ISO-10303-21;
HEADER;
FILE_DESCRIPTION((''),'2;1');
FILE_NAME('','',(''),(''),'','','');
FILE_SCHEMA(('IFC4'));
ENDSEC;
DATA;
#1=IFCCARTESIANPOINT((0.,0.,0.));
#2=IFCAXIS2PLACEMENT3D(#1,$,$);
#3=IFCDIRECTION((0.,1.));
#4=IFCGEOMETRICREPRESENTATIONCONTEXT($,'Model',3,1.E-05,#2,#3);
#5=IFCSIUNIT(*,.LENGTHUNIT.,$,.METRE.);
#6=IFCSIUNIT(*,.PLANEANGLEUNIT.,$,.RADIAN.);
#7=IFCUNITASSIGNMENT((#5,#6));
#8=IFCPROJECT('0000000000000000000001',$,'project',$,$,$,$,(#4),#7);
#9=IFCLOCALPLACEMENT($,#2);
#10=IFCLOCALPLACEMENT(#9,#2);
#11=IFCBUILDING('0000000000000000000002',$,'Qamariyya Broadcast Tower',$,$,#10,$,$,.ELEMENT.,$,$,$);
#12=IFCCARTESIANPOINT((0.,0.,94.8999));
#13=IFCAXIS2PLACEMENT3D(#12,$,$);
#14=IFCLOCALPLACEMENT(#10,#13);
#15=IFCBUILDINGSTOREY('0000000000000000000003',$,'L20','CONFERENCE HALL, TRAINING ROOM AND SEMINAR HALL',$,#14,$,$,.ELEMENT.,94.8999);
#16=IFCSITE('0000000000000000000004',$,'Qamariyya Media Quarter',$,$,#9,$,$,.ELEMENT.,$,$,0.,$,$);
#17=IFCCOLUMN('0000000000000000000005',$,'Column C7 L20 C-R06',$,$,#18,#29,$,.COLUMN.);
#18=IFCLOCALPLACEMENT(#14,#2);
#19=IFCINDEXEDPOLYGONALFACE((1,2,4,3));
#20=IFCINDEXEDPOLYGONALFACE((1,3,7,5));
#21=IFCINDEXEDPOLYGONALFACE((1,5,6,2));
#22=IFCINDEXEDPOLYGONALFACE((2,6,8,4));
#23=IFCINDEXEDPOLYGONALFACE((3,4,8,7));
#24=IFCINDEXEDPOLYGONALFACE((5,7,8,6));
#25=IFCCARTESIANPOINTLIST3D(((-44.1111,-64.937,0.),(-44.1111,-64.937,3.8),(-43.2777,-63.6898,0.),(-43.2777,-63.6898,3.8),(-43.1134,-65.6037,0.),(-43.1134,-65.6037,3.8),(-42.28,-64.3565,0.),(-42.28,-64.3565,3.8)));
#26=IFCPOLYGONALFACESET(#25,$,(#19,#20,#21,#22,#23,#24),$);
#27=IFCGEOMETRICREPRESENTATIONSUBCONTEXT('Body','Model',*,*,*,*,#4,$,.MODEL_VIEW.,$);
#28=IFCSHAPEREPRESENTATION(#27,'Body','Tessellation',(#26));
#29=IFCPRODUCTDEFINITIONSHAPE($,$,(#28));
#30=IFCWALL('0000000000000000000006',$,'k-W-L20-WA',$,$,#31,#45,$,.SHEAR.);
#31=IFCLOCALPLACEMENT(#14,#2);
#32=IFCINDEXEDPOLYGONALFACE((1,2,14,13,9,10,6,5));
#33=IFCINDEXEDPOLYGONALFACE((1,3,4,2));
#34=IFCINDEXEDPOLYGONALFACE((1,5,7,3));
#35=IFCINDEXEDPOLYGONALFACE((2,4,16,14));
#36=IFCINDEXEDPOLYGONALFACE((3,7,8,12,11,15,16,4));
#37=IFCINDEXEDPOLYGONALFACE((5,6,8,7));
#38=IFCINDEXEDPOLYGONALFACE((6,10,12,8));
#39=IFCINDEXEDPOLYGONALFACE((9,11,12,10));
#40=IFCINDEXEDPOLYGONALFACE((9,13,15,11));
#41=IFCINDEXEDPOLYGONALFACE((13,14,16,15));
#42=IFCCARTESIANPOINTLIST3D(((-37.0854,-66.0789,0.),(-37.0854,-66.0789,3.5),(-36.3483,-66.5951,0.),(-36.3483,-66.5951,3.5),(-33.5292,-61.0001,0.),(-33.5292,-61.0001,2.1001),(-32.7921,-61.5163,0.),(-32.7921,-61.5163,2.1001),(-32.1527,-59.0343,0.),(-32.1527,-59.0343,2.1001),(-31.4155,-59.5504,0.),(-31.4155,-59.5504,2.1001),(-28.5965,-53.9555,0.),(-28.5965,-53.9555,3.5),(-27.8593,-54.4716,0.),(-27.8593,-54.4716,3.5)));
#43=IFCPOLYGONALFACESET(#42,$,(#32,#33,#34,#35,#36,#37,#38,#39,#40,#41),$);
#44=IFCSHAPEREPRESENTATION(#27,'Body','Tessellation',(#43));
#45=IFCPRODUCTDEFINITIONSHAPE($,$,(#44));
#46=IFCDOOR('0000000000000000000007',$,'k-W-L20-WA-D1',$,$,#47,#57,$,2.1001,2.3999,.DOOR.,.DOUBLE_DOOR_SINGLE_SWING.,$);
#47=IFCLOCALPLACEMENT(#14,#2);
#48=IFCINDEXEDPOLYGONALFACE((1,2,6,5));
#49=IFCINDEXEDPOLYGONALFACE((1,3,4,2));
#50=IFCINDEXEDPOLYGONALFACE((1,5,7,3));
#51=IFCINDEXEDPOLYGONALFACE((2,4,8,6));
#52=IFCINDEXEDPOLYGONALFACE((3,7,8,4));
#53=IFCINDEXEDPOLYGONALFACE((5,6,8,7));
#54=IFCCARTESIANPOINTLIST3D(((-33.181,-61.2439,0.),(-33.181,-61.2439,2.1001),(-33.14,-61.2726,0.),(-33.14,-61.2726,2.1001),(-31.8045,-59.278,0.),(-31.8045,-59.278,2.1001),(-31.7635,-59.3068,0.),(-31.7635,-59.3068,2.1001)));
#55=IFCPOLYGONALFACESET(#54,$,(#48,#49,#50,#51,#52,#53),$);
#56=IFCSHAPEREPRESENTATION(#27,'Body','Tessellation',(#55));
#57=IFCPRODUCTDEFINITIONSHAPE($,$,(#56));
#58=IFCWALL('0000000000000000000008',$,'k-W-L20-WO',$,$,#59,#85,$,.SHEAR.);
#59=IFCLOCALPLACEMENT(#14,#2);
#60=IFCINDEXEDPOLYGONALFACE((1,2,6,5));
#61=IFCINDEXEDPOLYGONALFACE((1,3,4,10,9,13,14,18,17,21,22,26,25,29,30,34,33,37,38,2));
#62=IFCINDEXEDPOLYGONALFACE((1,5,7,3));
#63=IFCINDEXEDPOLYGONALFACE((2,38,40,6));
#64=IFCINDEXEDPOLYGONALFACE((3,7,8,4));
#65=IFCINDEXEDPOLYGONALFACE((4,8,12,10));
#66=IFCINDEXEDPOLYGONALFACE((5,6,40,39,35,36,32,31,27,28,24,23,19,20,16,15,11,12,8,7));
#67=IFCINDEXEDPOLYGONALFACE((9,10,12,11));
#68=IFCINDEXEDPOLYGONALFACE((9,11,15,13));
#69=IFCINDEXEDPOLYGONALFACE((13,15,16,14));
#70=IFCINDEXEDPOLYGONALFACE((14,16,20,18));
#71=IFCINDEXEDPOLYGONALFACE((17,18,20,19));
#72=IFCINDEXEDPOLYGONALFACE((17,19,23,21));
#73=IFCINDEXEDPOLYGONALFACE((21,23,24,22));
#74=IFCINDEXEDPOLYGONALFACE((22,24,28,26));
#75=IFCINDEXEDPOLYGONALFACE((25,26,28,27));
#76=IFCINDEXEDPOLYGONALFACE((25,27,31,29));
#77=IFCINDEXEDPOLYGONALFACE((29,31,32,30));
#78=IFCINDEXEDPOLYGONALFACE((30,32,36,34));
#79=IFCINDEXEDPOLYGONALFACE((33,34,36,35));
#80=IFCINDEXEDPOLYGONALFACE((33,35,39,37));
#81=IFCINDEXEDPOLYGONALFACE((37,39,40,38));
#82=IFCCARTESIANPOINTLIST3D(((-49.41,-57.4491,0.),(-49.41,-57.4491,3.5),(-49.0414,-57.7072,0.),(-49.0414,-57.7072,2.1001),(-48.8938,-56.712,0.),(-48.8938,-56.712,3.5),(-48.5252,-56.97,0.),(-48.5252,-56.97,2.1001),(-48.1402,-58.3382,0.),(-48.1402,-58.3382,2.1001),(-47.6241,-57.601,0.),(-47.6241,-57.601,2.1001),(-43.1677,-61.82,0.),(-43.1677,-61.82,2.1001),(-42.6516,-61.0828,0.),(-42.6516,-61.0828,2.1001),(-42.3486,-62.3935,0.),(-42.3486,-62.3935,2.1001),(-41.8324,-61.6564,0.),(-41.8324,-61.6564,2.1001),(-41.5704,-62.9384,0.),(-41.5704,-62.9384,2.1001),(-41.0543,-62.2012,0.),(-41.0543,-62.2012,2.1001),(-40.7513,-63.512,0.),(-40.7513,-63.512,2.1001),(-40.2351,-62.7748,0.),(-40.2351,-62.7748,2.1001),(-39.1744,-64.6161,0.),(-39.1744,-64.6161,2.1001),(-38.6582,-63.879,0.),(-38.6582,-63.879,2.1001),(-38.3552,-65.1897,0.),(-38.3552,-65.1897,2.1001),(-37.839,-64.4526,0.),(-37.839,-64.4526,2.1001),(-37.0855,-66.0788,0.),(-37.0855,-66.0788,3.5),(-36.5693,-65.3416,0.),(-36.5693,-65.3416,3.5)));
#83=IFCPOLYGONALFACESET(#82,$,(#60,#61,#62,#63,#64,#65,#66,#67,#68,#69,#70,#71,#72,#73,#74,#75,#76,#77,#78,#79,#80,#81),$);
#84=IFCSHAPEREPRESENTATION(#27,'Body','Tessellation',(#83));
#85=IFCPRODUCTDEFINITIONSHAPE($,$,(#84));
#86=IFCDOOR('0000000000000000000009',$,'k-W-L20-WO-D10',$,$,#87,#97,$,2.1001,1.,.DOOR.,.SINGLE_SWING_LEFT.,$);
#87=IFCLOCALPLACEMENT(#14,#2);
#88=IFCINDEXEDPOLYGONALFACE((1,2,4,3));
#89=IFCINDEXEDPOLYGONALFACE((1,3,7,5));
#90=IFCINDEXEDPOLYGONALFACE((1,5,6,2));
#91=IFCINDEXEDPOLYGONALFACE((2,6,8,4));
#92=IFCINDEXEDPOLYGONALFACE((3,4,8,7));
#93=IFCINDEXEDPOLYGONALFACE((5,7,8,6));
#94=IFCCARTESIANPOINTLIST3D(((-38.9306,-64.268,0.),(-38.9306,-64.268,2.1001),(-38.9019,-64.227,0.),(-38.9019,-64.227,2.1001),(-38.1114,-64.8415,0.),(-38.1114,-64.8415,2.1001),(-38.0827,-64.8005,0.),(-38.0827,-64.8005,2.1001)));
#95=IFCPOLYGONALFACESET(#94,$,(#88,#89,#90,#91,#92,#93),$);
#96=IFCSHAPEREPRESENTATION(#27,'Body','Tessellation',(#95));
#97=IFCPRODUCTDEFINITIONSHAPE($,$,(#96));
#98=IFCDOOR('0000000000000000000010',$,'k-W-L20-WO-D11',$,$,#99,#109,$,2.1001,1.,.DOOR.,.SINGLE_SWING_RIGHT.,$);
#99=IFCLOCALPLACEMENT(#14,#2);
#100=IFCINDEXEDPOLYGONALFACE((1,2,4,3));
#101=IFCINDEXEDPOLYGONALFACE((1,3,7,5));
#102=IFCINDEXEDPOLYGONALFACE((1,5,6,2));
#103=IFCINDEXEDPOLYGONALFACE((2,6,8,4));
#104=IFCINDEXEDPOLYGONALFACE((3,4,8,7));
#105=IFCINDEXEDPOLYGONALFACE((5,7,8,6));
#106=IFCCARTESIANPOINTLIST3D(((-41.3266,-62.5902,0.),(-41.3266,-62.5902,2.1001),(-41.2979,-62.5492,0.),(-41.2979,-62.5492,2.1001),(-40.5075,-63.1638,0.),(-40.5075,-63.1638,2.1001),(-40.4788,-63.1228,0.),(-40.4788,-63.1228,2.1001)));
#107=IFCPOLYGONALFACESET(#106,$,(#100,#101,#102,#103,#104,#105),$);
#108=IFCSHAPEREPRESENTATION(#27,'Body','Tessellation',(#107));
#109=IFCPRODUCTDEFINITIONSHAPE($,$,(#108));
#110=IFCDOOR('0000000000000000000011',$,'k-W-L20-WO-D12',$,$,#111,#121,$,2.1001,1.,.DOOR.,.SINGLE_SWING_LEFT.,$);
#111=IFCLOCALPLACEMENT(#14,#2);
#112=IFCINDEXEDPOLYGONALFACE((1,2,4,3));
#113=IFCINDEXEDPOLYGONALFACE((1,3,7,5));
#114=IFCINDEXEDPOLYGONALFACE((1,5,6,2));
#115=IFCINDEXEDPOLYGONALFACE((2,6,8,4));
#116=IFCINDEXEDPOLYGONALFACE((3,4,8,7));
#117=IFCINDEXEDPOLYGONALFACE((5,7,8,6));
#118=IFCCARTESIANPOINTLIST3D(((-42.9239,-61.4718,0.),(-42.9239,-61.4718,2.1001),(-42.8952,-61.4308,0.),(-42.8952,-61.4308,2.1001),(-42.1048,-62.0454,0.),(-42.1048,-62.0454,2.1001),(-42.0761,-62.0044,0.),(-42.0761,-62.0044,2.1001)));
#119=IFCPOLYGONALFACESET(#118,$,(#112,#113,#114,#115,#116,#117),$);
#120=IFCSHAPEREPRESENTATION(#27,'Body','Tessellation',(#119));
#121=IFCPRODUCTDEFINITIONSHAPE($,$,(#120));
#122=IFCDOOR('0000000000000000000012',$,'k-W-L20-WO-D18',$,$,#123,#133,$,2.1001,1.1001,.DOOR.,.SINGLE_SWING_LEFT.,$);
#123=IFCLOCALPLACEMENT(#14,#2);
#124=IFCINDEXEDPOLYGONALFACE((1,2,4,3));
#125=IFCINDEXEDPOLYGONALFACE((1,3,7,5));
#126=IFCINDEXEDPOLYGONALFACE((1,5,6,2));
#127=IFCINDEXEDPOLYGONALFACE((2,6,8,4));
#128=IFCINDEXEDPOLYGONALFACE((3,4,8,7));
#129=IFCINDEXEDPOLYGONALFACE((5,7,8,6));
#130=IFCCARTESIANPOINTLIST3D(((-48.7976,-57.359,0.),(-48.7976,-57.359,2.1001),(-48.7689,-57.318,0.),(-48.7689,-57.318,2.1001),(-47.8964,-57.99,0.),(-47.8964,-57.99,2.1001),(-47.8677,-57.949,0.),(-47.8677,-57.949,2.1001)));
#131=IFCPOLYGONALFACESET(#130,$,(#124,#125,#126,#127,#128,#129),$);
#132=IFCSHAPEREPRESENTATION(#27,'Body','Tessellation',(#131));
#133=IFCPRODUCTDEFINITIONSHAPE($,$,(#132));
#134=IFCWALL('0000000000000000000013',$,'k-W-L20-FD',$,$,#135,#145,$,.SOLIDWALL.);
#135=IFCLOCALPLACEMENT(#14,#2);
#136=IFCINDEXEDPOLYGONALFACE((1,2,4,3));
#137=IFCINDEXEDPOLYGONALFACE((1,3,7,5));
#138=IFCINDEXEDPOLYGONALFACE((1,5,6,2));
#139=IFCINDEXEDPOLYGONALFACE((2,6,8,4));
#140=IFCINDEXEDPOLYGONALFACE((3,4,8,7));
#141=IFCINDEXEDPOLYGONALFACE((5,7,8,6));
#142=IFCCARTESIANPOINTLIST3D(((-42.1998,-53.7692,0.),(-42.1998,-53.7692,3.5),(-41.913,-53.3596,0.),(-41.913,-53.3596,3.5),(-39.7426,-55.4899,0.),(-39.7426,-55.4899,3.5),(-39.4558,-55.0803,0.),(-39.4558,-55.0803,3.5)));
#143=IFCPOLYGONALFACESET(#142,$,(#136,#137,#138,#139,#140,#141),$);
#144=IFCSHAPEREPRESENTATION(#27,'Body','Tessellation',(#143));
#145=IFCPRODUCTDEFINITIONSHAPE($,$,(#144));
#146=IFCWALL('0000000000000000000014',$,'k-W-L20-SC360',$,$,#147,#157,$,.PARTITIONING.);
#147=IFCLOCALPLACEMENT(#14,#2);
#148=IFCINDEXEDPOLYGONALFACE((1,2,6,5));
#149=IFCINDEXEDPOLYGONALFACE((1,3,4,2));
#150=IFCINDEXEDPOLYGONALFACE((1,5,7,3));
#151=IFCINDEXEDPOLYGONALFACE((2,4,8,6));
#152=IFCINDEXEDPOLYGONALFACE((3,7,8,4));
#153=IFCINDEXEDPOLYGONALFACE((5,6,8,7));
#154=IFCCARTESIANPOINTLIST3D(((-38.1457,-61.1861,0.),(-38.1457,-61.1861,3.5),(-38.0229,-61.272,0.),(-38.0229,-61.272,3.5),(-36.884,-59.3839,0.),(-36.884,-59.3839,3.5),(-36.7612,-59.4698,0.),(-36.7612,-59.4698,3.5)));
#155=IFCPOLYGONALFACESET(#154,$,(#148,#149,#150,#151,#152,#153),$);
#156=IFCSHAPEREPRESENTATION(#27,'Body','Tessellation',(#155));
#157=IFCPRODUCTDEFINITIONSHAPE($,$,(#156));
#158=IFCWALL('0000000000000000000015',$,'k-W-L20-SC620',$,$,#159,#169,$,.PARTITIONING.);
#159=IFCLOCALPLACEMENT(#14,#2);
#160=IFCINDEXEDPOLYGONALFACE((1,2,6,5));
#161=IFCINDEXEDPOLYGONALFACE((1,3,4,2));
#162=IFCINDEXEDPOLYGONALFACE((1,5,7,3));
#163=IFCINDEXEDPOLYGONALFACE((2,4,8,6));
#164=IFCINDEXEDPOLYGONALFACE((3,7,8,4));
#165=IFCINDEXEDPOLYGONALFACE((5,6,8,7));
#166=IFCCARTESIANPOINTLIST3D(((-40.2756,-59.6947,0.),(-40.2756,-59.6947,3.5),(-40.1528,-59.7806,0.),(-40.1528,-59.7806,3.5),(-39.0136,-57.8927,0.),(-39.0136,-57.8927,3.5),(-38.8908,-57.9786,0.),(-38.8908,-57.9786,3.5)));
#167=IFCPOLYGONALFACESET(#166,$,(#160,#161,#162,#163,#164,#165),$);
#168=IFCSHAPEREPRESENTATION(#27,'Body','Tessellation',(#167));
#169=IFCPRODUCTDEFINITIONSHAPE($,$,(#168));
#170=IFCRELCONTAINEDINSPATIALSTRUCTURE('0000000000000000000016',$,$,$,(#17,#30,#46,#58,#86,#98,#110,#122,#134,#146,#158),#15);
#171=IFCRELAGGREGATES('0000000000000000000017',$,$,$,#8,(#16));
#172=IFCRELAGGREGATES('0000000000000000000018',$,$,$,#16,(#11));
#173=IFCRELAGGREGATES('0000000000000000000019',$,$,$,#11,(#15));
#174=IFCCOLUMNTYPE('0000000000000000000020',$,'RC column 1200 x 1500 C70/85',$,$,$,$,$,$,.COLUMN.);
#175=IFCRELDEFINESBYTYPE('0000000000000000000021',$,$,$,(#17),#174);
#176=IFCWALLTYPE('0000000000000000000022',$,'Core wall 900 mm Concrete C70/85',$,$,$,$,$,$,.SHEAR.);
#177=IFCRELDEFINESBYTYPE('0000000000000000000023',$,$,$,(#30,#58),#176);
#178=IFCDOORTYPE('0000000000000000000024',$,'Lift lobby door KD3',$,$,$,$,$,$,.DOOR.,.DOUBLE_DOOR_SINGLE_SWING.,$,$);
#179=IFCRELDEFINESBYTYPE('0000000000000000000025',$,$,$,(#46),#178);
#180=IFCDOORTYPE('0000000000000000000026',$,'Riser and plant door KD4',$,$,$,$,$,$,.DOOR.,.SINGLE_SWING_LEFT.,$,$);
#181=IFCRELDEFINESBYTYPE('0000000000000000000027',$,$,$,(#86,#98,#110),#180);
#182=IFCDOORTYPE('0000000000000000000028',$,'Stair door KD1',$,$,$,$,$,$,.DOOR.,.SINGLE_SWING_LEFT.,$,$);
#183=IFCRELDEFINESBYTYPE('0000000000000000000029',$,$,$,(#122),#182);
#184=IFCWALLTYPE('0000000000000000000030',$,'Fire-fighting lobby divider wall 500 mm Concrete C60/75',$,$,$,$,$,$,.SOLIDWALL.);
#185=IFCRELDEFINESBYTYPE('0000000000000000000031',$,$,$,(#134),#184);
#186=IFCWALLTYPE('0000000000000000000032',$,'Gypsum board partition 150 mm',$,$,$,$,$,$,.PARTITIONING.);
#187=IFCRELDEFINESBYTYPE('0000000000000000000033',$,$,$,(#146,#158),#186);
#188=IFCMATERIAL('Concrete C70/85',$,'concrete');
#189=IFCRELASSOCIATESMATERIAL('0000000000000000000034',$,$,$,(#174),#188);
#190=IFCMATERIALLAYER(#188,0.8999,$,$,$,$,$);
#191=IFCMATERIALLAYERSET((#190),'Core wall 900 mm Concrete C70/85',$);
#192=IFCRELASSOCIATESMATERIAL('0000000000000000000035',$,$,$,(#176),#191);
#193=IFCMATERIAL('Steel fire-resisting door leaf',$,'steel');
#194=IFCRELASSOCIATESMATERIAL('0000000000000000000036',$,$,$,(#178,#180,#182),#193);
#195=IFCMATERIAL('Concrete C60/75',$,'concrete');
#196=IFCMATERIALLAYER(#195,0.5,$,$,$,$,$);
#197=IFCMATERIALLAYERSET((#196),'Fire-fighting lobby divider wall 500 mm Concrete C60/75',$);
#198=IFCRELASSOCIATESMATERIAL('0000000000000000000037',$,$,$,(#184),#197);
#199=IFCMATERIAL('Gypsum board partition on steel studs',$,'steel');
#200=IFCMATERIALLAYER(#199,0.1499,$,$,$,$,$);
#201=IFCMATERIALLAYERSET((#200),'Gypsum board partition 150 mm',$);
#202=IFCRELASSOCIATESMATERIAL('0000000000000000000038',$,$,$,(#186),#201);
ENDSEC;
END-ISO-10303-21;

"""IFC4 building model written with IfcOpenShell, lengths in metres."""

from ifc_helpers import new_model, si_unit, direction, frame, frame_2d, origin, origin_2d, place, context, subcontext, project, spatial, rectangle, extrude, material, layer, layer_set, material_profile, profile_set, type_object, element, fill, save


model = new_model("IFC4")

# Units and contexts
model_context = context("Model", 3, precision=1e-05, world=origin(), true_north=direction((0.0, 1.0)))
body_context = subcontext(model_context, "Body", "Model", "MODEL_VIEW")
ifc_project = project(units=[si_unit("LENGTHUNIT", "METRE"), si_unit("PLANEANGLEUNIT", "RADIAN")], contexts=[model_context])

# Site, building, storey
site_placement = place(None, origin())
site = spatial("IfcSite", under=ifc_project, at=site_placement, Name="Qamariyya Media Quarter", CompositionType="ELEMENT", RefElevation=0.0)
building_placement = place(site_placement, origin())
building = spatial("IfcBuilding", under=site, at=building_placement, Name="Qamariyya Broadcast Tower", CompositionType="ELEMENT")
storey_placement = place(building_placement, frame((0.0, 0.0, 94.8999)))
storey = spatial("IfcBuildingStorey", under=building, at=storey_placement, Name="L20", Description="CONFERENCE HALL, TRAINING ROOM AND SEMINAR HALL", CompositionType="ELEMENT", Elevation=94.8999)

# Column
ifc_material_1 = material(Name="Concrete C70/85", Category="concrete")
ifc_material_profile_1 = material_profile(ifc_material_1, rectangle(XDim=1.2, YDim=1.5, at=origin_2d()))
ifc_profile_set_1 = profile_set([ifc_material_profile_1], Name="Concrete C70/85")
column_type = type_object("IfcColumnType", Name="RC column 1200 x 1500 C70/85", PredefinedType="COLUMN", material=ifc_profile_set_1)
column_placement = place(storey_placement, frame((-43.1956, -64.6467, 0.0), z_axis=(0.0, 0.0, 1.0), x_axis=(0.83147, -0.55557, 0.0)))
element("IfcColumn", 1, at=column_placement, inside=storey, type_object=column_type, Name="Column C7 L20 C-R06", PredefinedType="COLUMN", context=body_context, shape_type="SweptSolid", body=[
    extrude(rectangle(XDim=1.2, YDim=1.5, at=origin_2d()), origin(), (0.0, 0.0, 1.0), 3.8),
])

# Wall, opening, door
ifc_layer_1 = layer(ifc_material_1, 0.8999)
ifc_layer_set_1 = layer_set([ifc_layer_1], Name="Core wall 900 mm Concrete C70/85")
wall_type_1 = type_object("IfcWallType", Name="Core wall 900 mm Concrete C70/85", PredefinedType="SHEAR", material=ifc_layer_set_1)
wall_1_placement = place(storey_placement, frame((-36.7168, -66.3369, 0.0), z_axis=(0.0, 0.0, 1.0), x_axis=(0.573577, 0.819151, 0.0)))
wall_1 = element("IfcWall", 2, at=wall_1_placement, inside=storey, type_object=wall_type_1, Name="k-W-L20-WA", PredefinedType="SHEAR", context=body_context, shape_type="SweptSolid", body=[
    extrude(rectangle(XDim=14.8, YDim=0.8999, at=frame_2d((7.3999, 0.0))), origin(), (0.0, 0.0, 1.0), 3.5),
])
opening_1_placement = place(wall_1_placement, frame((6.2, 0.0, 0.0)))
opening_1 = element("IfcOpeningElement", 3, at=opening_1_placement, cuts=wall_1, PredefinedType="OPENING", context=body_context, shape_type="SweptSolid", body=[
    extrude(rectangle(XDim=2.3999, YDim=2.1001, at=frame_2d((1.2, 1.05))), frame((0.0, 0.46, 0.0), z_axis=(0.0, -1.0, 0.0), x_axis=(1.0, 0.0, 0.0)), (0.0, 0.0, 1.0), 0.9199),
])
ifc_material_2 = material(Name="Steel fire-resisting door leaf", Category="steel")
door_type_1 = type_object("IfcDoorType", Name="Lift lobby door KD3", OperationType="DOUBLE_DOOR_SINGLE_SWING", PredefinedType="DOOR", material=ifc_material_2)
door_1_placement = place(opening_1_placement, origin())
door_1 = element("IfcDoor", 4, at=door_1_placement, inside=storey, type_object=door_type_1, Name="k-W-L20-WA-D1", OperationType="DOUBLE_DOOR_SINGLE_SWING", OverallHeight=2.1001, OverallWidth=2.3999, PredefinedType="DOOR", context=body_context, shape_type="SweptSolid", body=[
    extrude(rectangle(XDim=2.3999, YDim=2.1001, at=frame_2d((1.2, 1.05))), frame((0.0, 0.0249, 0.0), z_axis=(0.0, -1.0, 0.0), x_axis=(1.0, 0.0, 0.0)), (0.0, 0.0, 1.0), 0.05),
])
fill(opening_1, door_1)

# Wall, openings, doors
wall_2_placement = place(storey_placement, frame((-36.8274, -65.7102, 0.0), z_axis=(0.0, 0.0, 1.0), x_axis=(-0.819153, 0.573575, 0.0)))
wall_2 = element("IfcWall", 5, at=wall_2_placement, inside=storey, type_object=wall_type_1, Name="k-W-L20-WO", PredefinedType="SHEAR", context=body_context, shape_type="SweptSolid", body=[
    extrude(rectangle(XDim=15.0454, YDim=0.8999, at=frame_2d((7.5227, 0.0))), origin(), (0.0, 0.0, 1.0), 3.5),
])
opening_2_placement = place(wall_2_placement, frame((1.55, 0.0, 0.0)))
opening_2 = element("IfcOpeningElement", 6, at=opening_2_placement, cuts=wall_2, PredefinedType="OPENING", context=body_context, shape_type="SweptSolid", body=[
    extrude(rectangle(XDim=1.0, YDim=2.1001, at=frame_2d((0.5, 1.05))), frame((0.0, 0.46, 0.0), z_axis=(0.0, -1.0, 0.0), x_axis=(1.0, 0.0, 0.0)), (0.0, 0.0, 1.0), 0.9199),
])
opening_3_placement = place(wall_2_placement, frame((4.4751, 0.0, 0.0)))
opening_3 = element("IfcOpeningElement", 7, at=opening_3_placement, cuts=wall_2, PredefinedType="OPENING", context=body_context, shape_type="SweptSolid", body=[
    extrude(rectangle(XDim=1.0, YDim=2.1001, at=frame_2d((0.5, 1.05))), frame((0.0, 0.46, 0.0), z_axis=(0.0, -1.0, 0.0), x_axis=(1.0, 0.0, 0.0)), (0.0, 0.0, 1.0), 0.9199),
])
opening_4_placement = place(wall_2_placement, frame((6.425, 0.0, 0.0)))
opening_4 = element("IfcOpeningElement", 8, at=opening_4_placement, cuts=wall_2, PredefinedType="OPENING", context=body_context, shape_type="SweptSolid", body=[
    extrude(rectangle(XDim=1.0, YDim=2.1001, at=frame_2d((0.5, 1.05))), frame((0.0, 0.46, 0.0), z_axis=(0.0, -1.0, 0.0), x_axis=(1.0, 0.0, 0.0)), (0.0, 0.0, 1.0), 0.9199),
])
opening_5_placement = place(wall_2_placement, frame((13.4954, 0.0, 0.0)))
opening_5 = element("IfcOpeningElement", 9, at=opening_5_placement, cuts=wall_2, PredefinedType="OPENING", context=body_context, shape_type="SweptSolid", body=[
    extrude(rectangle(XDim=1.1001, YDim=2.1001, at=frame_2d((0.55, 1.05))), frame((0.0, 0.46, 0.0), z_axis=(0.0, -1.0, 0.0), x_axis=(1.0, 0.0, 0.0)), (0.0, 0.0, 1.0), 0.9199),
])
door_type_2 = type_object("IfcDoorType", Name="Riser and plant door KD4", OperationType="SINGLE_SWING_LEFT", PredefinedType="DOOR", material=ifc_material_2)
door_2_placement = place(opening_2_placement, origin())
door_2 = element("IfcDoor", 10, at=door_2_placement, inside=storey, type_object=door_type_2, Name="k-W-L20-WO-D10", OperationType="SINGLE_SWING_LEFT", OverallHeight=2.1001, OverallWidth=1.0, PredefinedType="DOOR", context=body_context, shape_type="SweptSolid", body=[
    extrude(rectangle(XDim=1.0, YDim=2.1001, at=frame_2d((0.5, 1.05))), frame((0.0, 0.0249, 0.0), z_axis=(0.0, -1.0, 0.0), x_axis=(1.0, 0.0, 0.0)), (0.0, 0.0, 1.0), 0.05),
])
fill(opening_2, door_2)
door_3_placement = place(opening_3_placement, origin())
door_3 = element("IfcDoor", 11, at=door_3_placement, inside=storey, type_object=door_type_2, Name="k-W-L20-WO-D11", OperationType="SINGLE_SWING_RIGHT", OverallHeight=2.1001, OverallWidth=1.0, PredefinedType="DOOR", context=body_context, shape_type="SweptSolid", body=[
    extrude(rectangle(XDim=1.0, YDim=2.1001, at=frame_2d((0.5, 1.05))), frame((0.0, 0.0249, 0.0), z_axis=(0.0, -1.0, 0.0), x_axis=(1.0, 0.0, 0.0)), (0.0, 0.0, 1.0), 0.05),
])
fill(opening_3, door_3)
door_4_placement = place(opening_4_placement, origin())
door_4 = element("IfcDoor", 12, at=door_4_placement, inside=storey, type_object=door_type_2, Name="k-W-L20-WO-D12", OperationType="SINGLE_SWING_LEFT", OverallHeight=2.1001, OverallWidth=1.0, PredefinedType="DOOR", context=body_context, shape_type="SweptSolid", body=[
    extrude(rectangle(XDim=1.0, YDim=2.1001, at=frame_2d((0.5, 1.05))), frame((0.0, 0.0249, 0.0), z_axis=(0.0, -1.0, 0.0), x_axis=(1.0, 0.0, 0.0)), (0.0, 0.0, 1.0), 0.05),
])
fill(opening_4, door_4)
door_type_3 = type_object("IfcDoorType", Name="Stair door KD1", OperationType="SINGLE_SWING_LEFT", PredefinedType="DOOR", material=ifc_material_2)
door_5_placement = place(opening_5_placement, origin())
door_5 = element("IfcDoor", 13, at=door_5_placement, inside=storey, type_object=door_type_3, Name="k-W-L20-WO-D18", OperationType="SINGLE_SWING_LEFT", OverallHeight=2.1001, OverallWidth=1.1001, PredefinedType="DOOR", context=body_context, shape_type="SweptSolid", body=[
    extrude(rectangle(XDim=1.1001, YDim=2.1001, at=frame_2d((0.55, 1.05))), frame((0.0, 0.0249, 0.0), z_axis=(0.0, -1.0, 0.0), x_axis=(1.0, 0.0, 0.0)), (0.0, 0.0, 1.0), 0.05),
])
fill(opening_5, door_5)

# Walls
ifc_material_3 = material(Name="Concrete C60/75", Category="concrete")
ifc_layer_2 = layer(ifc_material_3, 0.5)
ifc_layer_set_2 = layer_set([ifc_layer_2], Name="Fire-fighting lobby divider wall 500 mm Concrete C60/75")
wall_type_2 = type_object("IfcWallType", Name="Fire-fighting lobby divider wall 500 mm Concrete C60/75", PredefinedType="SOLIDWALL", material=ifc_layer_set_2)
wall_3_placement = place(storey_placement, frame((-39.5991, -55.2852, 0.0), z_axis=(0.0, 0.0, 1.0), x_axis=(-0.819136, 0.573599, 0.0)))
element("IfcWall", 14, at=wall_3_placement, inside=storey, type_object=wall_type_2, Name="k-W-L20-FD", PredefinedType="SOLIDWALL", context=body_context, shape_type="SweptSolid", body=[
    extrude(rectangle(XDim=2.9998, YDim=0.5, at=frame_2d((1.5, 0.0))), origin(), (0.0, 0.0, 1.0), 3.5),
])
ifc_material_4 = material(Name="Gypsum board partition on steel studs", Category="steel")
ifc_layer_3 = layer(ifc_material_4, 0.1499)
ifc_layer_set_3 = layer_set([ifc_layer_3], Name="Gypsum board partition 150 mm")
wall_type_3 = type_object("IfcWallType", Name="Gypsum board partition 150 mm", PredefinedType="PARTITIONING", material=ifc_layer_set_3)
for number, where, z_axis, x_axis, name in (
    (15, (-36.8225, -59.4268, 0.0), (0.0, 0.0, 1.0), (-0.573507, -0.819201, 0.0), "k-W-L20-SC360"),
    (16, (-38.9521, -57.9355, 0.0), (0.0, 0.0, 1.0), (-0.573634, -0.819112, 0.0), "k-W-L20-SC620"),
):
    element("IfcWall", number, at=place(storey_placement, frame(where, z_axis=z_axis, x_axis=x_axis)), inside=storey, type_object=wall_type_3, Name=name, PredefinedType="PARTITIONING", context=body_context, shape_type="SweptSolid", body=[
        extrude(rectangle(XDim=2.2, YDim=0.1499, at=frame_2d((1.1001, 0.0))), origin(), (0.0, 0.0, 1.0), 3.5),
    ])

save(model, "model.ifc")
